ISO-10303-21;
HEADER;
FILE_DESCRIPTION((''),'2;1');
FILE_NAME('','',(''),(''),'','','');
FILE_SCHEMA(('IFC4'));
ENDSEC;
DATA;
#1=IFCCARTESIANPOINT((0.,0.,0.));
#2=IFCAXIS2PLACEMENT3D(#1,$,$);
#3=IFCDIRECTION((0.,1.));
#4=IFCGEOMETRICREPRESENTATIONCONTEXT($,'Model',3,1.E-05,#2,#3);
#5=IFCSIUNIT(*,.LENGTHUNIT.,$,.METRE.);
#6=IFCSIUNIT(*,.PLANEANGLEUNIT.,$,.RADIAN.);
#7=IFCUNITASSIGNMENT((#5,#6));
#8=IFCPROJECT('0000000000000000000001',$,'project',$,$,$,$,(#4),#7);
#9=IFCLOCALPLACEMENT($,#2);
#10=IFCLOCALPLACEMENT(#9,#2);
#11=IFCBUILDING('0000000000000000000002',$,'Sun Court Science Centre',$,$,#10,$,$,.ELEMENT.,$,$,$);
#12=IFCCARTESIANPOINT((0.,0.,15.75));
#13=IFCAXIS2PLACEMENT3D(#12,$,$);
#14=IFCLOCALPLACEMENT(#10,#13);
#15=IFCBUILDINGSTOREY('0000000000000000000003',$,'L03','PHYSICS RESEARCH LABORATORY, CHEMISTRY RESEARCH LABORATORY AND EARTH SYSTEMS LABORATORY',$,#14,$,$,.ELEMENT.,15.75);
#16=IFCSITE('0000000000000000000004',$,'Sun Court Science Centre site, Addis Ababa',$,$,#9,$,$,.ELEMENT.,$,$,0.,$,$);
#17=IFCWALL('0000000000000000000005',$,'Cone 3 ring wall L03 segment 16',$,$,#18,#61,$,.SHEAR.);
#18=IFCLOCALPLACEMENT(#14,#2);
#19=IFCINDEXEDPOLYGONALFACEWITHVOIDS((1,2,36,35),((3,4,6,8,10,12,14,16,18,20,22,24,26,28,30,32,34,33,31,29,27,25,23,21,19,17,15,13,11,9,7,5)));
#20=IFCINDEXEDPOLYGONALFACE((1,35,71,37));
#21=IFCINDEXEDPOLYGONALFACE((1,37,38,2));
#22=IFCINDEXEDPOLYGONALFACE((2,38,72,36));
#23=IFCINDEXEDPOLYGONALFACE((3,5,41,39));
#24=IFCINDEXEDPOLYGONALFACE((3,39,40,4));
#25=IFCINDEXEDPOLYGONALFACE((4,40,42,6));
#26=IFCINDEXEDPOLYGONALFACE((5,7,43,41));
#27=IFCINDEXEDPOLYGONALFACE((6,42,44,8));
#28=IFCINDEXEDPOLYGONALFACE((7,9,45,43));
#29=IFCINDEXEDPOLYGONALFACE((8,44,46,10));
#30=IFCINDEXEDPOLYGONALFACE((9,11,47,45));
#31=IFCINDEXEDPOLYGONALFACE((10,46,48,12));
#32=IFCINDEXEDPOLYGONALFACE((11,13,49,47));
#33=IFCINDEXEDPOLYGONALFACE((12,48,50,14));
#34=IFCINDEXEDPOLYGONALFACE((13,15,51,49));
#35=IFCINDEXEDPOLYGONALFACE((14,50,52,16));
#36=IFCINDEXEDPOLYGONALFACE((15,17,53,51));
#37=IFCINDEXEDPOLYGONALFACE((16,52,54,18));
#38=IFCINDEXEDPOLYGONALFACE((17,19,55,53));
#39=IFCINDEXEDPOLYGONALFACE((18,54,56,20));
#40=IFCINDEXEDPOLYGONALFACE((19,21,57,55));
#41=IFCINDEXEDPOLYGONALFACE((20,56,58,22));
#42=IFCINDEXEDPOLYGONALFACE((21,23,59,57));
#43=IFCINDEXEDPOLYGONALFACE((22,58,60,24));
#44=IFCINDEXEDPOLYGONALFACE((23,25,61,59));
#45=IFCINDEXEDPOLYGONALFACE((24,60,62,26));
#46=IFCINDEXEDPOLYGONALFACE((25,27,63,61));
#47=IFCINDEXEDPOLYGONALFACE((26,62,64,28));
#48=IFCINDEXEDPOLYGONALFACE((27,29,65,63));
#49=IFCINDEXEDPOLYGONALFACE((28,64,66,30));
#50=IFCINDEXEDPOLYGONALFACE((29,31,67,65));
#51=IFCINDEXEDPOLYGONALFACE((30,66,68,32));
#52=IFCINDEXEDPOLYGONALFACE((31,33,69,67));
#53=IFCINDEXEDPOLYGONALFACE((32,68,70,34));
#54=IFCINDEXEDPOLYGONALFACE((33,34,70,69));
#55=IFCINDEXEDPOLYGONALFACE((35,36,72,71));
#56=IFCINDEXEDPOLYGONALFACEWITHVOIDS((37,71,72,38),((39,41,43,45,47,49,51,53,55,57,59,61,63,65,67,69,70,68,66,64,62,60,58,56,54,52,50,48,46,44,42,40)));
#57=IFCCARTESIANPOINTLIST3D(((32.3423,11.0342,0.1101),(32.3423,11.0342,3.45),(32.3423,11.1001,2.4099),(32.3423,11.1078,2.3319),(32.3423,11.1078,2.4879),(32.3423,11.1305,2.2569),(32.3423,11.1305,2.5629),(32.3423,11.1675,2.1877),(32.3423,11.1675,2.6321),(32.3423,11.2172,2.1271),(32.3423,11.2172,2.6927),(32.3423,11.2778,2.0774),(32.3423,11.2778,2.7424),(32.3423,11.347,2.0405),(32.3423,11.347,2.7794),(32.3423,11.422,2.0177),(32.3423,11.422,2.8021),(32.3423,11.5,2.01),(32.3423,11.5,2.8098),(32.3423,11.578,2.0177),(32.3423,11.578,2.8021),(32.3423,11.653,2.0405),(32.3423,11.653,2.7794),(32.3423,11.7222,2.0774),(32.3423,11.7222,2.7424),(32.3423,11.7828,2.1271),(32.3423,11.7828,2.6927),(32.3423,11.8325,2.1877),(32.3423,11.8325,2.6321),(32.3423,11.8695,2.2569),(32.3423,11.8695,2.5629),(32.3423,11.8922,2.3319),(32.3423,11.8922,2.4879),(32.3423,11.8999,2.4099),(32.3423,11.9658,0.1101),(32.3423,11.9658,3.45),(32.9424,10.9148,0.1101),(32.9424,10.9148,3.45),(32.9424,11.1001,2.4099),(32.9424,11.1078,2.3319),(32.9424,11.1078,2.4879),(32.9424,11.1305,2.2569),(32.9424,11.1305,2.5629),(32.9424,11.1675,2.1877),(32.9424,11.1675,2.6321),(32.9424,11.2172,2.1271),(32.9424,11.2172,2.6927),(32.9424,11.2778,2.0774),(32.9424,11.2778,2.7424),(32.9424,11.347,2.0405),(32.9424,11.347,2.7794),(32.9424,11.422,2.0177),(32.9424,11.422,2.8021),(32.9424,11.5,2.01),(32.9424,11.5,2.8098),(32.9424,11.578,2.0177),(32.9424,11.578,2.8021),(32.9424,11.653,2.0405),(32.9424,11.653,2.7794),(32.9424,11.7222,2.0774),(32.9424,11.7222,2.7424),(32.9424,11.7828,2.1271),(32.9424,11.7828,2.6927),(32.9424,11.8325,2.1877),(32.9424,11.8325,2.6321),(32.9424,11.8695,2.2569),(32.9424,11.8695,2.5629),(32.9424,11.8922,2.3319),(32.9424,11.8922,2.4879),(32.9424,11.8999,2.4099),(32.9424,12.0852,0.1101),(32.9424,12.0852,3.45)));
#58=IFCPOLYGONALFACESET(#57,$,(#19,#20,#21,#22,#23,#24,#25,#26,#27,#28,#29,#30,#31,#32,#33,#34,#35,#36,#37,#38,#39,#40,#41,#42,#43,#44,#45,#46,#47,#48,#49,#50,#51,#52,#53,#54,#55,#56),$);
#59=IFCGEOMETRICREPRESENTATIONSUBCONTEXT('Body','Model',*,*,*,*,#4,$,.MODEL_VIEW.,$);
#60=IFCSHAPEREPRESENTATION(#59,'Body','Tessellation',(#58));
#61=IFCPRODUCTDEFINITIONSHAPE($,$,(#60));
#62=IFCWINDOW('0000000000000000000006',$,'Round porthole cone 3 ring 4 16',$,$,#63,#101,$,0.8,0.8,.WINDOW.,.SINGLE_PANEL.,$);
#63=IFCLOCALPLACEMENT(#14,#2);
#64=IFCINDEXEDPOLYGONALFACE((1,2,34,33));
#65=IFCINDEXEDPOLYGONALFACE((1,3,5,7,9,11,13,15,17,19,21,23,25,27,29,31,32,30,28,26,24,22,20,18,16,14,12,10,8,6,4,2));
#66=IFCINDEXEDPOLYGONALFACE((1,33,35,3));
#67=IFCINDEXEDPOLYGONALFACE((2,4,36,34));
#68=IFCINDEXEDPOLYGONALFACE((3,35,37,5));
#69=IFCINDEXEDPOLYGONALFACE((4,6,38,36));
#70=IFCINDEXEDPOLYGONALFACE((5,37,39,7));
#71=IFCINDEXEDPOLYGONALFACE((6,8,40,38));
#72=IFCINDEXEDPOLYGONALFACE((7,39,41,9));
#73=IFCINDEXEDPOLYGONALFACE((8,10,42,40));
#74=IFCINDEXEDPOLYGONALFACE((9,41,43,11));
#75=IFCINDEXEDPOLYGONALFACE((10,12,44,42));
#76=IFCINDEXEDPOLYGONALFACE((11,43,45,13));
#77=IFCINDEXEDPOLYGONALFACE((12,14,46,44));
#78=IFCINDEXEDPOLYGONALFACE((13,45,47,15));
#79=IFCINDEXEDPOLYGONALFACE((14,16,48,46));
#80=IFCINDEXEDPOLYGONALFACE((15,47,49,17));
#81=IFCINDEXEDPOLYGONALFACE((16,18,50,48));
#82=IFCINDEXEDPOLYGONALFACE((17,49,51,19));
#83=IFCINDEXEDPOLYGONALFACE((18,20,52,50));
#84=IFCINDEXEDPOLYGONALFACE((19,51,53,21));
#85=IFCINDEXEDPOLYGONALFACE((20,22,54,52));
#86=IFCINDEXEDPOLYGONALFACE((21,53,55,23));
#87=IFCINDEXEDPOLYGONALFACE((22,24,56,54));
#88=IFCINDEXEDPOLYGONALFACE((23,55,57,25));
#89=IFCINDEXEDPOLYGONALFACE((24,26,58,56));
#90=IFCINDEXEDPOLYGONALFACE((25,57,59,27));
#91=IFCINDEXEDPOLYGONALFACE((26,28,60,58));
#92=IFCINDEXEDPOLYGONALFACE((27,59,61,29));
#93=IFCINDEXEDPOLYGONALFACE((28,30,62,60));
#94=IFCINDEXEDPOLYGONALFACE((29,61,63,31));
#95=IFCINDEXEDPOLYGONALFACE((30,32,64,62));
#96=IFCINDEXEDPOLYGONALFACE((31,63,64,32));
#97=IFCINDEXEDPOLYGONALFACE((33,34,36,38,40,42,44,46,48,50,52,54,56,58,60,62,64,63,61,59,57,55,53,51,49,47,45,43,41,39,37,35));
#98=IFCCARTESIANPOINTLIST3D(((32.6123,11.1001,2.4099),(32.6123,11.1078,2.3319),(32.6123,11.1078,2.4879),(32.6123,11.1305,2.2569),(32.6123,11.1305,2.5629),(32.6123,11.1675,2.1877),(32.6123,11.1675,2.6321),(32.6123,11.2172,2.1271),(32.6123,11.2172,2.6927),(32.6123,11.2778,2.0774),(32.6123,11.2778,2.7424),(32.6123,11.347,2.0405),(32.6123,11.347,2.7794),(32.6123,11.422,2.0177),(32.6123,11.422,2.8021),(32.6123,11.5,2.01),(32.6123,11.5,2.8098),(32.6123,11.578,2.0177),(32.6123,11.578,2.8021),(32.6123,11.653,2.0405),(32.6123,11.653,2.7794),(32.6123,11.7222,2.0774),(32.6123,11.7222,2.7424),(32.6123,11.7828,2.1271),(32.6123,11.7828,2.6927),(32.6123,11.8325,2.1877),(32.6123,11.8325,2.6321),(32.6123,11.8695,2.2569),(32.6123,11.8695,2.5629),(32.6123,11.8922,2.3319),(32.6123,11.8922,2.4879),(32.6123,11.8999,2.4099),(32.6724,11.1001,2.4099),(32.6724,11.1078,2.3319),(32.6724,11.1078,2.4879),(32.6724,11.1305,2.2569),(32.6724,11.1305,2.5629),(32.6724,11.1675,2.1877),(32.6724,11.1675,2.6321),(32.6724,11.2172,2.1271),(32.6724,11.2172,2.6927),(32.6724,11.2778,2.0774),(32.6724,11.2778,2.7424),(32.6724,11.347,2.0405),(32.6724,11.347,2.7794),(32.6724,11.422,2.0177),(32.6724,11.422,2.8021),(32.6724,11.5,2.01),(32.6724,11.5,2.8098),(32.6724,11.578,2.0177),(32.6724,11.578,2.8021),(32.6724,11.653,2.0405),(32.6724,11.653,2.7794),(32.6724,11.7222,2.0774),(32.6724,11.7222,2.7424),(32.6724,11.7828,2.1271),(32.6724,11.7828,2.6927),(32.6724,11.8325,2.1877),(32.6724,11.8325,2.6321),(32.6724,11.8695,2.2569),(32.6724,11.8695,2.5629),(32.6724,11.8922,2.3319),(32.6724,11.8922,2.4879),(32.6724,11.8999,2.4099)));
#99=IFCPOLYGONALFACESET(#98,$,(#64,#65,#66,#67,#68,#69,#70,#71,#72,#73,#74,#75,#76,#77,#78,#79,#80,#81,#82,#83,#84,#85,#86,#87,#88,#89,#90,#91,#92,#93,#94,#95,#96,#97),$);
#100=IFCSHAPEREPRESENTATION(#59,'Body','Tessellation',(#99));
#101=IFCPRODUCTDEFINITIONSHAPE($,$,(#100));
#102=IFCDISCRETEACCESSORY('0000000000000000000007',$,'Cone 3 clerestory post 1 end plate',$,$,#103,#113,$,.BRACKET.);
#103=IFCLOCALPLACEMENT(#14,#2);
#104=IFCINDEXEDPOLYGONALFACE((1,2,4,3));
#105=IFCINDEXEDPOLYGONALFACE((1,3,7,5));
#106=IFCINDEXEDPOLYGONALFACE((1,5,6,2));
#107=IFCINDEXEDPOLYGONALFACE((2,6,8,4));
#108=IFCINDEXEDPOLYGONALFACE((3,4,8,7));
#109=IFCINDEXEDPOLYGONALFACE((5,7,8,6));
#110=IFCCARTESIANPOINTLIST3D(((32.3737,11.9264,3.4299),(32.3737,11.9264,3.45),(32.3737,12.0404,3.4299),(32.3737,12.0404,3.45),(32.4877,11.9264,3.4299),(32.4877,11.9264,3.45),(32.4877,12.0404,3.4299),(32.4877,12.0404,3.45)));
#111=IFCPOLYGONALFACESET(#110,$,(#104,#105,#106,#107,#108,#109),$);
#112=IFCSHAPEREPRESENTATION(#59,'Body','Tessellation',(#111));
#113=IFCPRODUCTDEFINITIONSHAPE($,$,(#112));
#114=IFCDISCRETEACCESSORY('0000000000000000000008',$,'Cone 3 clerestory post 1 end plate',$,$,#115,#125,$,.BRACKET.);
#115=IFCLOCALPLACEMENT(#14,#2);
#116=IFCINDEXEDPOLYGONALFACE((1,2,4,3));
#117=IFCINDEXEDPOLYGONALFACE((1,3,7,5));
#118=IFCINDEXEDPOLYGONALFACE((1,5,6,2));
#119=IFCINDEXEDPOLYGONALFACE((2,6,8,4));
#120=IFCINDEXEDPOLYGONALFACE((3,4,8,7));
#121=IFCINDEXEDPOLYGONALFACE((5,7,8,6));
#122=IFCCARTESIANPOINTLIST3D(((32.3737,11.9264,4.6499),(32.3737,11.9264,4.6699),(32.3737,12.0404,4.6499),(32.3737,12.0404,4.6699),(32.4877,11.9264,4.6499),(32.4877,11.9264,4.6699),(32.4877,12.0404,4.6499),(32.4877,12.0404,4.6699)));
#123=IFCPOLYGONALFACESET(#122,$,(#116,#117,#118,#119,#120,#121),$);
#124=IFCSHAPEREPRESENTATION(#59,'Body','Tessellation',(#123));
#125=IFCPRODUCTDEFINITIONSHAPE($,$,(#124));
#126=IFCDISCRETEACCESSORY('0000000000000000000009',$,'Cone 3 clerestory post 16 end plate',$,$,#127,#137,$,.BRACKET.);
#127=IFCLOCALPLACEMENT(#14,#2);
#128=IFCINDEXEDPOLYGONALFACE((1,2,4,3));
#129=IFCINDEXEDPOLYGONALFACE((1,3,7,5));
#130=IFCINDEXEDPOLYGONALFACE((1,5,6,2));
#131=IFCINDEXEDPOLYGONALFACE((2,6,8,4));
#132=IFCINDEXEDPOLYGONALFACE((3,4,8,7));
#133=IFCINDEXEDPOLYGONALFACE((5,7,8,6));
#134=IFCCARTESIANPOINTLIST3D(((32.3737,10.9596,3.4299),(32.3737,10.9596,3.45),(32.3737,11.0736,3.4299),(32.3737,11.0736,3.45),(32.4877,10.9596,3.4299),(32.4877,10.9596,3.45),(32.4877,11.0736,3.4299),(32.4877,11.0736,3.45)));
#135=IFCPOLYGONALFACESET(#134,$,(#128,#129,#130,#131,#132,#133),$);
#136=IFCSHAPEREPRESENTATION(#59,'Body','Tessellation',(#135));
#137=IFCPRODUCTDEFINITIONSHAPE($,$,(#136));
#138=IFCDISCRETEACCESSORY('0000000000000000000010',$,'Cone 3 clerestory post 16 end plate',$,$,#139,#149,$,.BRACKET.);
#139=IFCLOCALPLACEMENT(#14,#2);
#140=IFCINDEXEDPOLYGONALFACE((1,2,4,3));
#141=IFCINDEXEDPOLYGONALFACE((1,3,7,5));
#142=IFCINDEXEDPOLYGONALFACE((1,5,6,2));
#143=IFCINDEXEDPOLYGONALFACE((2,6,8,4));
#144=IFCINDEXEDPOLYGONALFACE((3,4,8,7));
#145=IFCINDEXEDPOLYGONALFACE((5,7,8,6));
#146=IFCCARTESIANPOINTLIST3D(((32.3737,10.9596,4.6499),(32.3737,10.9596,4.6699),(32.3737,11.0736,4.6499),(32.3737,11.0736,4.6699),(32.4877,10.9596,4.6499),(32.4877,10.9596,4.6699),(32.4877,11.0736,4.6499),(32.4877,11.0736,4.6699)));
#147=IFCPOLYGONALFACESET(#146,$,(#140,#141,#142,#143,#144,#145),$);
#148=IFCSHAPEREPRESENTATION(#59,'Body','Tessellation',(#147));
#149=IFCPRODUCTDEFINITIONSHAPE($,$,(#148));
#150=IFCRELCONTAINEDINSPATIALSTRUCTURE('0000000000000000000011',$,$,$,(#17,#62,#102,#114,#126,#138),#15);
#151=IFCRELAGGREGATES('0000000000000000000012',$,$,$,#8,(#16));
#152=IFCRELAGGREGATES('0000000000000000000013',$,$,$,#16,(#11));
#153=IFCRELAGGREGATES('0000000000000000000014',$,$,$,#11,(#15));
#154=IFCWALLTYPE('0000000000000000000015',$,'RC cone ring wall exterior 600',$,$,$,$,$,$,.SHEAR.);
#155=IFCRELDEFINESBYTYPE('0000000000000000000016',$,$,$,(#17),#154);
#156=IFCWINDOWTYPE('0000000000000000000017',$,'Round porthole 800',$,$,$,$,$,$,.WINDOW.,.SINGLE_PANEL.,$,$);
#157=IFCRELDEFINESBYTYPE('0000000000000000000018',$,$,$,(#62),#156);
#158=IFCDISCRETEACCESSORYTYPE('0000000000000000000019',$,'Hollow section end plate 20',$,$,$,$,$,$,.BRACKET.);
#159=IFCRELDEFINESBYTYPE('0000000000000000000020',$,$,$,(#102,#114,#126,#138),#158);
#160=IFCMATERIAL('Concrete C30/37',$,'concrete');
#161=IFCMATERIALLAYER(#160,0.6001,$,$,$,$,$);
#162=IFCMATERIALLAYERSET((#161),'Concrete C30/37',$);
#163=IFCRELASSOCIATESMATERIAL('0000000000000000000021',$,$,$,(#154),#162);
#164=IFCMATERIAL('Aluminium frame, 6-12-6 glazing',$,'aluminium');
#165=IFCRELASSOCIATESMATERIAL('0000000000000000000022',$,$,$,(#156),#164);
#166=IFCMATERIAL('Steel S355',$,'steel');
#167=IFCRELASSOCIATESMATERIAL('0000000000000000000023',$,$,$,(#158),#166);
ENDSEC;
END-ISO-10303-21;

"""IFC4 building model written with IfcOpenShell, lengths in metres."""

from ifc_helpers import new_model, si_unit, direction, frame, frame_2d, origin, origin_2d, place, context, subcontext, project, spatial, polyline, rectangle, circle, outline, extrude, material, layer, layer_set, type_object, element, fill, save


model = new_model("IFC4")

# Units and contexts
model_context = context("Model", 3, precision=1e-05, world=origin(), true_north=direction((0.0, 1.0)))
body_context = subcontext(model_context, "Body", "Model", "MODEL_VIEW")
ifc_project = project(units=[si_unit("LENGTHUNIT", "METRE"), si_unit("PLANEANGLEUNIT", "RADIAN")], contexts=[model_context])

# Site, building, storey
site_placement = place(None, origin())
site = spatial("IfcSite", under=ifc_project, at=site_placement, Name="Sun Court Science Centre site, Addis Ababa", CompositionType="ELEMENT", RefElevation=0.0)
building_placement = place(site_placement, origin())
building = spatial("IfcBuilding", under=site, at=building_placement, Name="Sun Court Science Centre", CompositionType="ELEMENT")
storey_placement = place(building_placement, frame((0.0, 0.0, 15.75)))
storey = spatial("IfcBuildingStorey", under=building, at=storey_placement, Name="L03", Description="PHYSICS RESEARCH LABORATORY, CHEMISTRY RESEARCH LABORATORY AND EARTH SYSTEMS LABORATORY", CompositionType="ELEMENT", Elevation=15.75)

# Wall, opening, window
ifc_material_1 = material(Name="Concrete C30/37", Category="concrete")
ifc_layer_1 = layer(ifc_material_1, 0.6001)
ifc_layer_set_1 = layer_set([ifc_layer_1], Name="Concrete C30/37")
wall_type = type_object("IfcWallType", Name="RC cone ring wall exterior 600", PredefinedType="SHEAR", material=ifc_layer_set_1)
ifc_material_2 = material(Name="Aluminium frame, 6-12-6 glazing", Category="aluminium")
window_type = type_object("IfcWindowType", Name="Round porthole 800", PartitioningType="SINGLE_PANEL", PredefinedType="WINDOW", material=ifc_material_2)
wall_1_placement = place(storey_placement, frame((32.6423, 10.9148, 0.1101), z_axis=(0.0, 0.0, 1.0), x_axis=(0.0, 1.0, 0.0)))
wall_1 = element("IfcWall", 1, at=wall_1_placement, inside=storey, type_object=wall_type, Name="Cone 3 ring wall L03 segment 16", PredefinedType="SHEAR", context=body_context, shape_type="SweptSolid", body=[
    extrude(outline(polyline([(0.0, -0.3), (1.1704, -0.3), (1.051, 0.3), (0.1194, 0.3), (0.0, -0.3)])), origin(), (0.0, 0.0, 1.0), 3.3398),
])
opening_1_placement = place(wall_1_placement, frame((0.1853, 0.0, 1.8999)))
opening_1 = element("IfcOpeningElement", 2, at=opening_1_placement, cuts=wall_1, PredefinedType="OPENING", context=body_context, shape_type="SweptSolid", body=[
    extrude(circle(Radius=0.3999, at=frame_2d((0.3999, 0.3999))), frame((0.0, 0.3101, 0.0), z_axis=(0.0, -1.0, 0.0), x_axis=(1.0, 0.0, 0.0)), (0.0, 0.0, 1.0), 0.6201),
])
window_1_placement = place(opening_1_placement, origin())
window_1 = element("IfcWindow", 3, at=window_1_placement, inside=storey, type_object=window_type, Name="Round porthole cone 3 ring 4 16", OverallHeight=0.8, OverallWidth=0.8, PartitioningType="SINGLE_PANEL", PredefinedType="WINDOW", context=body_context, shape_type="SweptSolid", body=[
    extrude(circle(Radius=0.3999, at=frame_2d((0.3999, 0.3999))), frame((0.0, 0.03, 0.0), z_axis=(0.0, -1.0, 0.0), x_axis=(1.0, 0.0, 0.0)), (0.0, 0.0, 1.0), 0.0601),
])
fill(opening_1, window_1)

# Discrete accessories
ifc_material_3 = material(Name="Steel S355", Category="steel")
discrete_accessory_type = type_object("IfcDiscreteAccessoryType", Name="Hollow section end plate 20", PredefinedType="BRACKET", material=ifc_material_3)
for number, where, z_axis, x_axis, name in (
    (4, (32.4307, 11.9834, 3.4299), (0.0, 0.0, 1.0), (1.0, 0.0, 0.0), "Cone 3 clerestory post 1 end plate"),
    (5, (32.4307, 11.9834, 4.6499), (0.0, 0.0, 1.0), (1.0, 0.0, 0.0), "Cone 3 clerestory post 1 end plate"),
    (6, (32.4307, 11.0166, 3.4299), (0.0, 0.0, 1.0), (1.0, 0.0, 0.0), "Cone 3 clerestory post 16 end plate"),
    (7, (32.4307, 11.0166, 4.6499), (0.0, 0.0, 1.0), (1.0, 0.0, 0.0), "Cone 3 clerestory post 16 end plate"),
):
    element("IfcDiscreteAccessory", number, at=place(storey_placement, frame(where, z_axis=z_axis, x_axis=x_axis)), inside=storey, type_object=discrete_accessory_type, Name=name, PredefinedType="BRACKET", context=body_context, shape_type="SweptSolid", body=[
        extrude(rectangle(XDim=0.114, YDim=0.114, at=origin_2d()), origin(), (0.0, 0.0, 1.0), 0.02),
    ])

save(model, "model.ifc")
